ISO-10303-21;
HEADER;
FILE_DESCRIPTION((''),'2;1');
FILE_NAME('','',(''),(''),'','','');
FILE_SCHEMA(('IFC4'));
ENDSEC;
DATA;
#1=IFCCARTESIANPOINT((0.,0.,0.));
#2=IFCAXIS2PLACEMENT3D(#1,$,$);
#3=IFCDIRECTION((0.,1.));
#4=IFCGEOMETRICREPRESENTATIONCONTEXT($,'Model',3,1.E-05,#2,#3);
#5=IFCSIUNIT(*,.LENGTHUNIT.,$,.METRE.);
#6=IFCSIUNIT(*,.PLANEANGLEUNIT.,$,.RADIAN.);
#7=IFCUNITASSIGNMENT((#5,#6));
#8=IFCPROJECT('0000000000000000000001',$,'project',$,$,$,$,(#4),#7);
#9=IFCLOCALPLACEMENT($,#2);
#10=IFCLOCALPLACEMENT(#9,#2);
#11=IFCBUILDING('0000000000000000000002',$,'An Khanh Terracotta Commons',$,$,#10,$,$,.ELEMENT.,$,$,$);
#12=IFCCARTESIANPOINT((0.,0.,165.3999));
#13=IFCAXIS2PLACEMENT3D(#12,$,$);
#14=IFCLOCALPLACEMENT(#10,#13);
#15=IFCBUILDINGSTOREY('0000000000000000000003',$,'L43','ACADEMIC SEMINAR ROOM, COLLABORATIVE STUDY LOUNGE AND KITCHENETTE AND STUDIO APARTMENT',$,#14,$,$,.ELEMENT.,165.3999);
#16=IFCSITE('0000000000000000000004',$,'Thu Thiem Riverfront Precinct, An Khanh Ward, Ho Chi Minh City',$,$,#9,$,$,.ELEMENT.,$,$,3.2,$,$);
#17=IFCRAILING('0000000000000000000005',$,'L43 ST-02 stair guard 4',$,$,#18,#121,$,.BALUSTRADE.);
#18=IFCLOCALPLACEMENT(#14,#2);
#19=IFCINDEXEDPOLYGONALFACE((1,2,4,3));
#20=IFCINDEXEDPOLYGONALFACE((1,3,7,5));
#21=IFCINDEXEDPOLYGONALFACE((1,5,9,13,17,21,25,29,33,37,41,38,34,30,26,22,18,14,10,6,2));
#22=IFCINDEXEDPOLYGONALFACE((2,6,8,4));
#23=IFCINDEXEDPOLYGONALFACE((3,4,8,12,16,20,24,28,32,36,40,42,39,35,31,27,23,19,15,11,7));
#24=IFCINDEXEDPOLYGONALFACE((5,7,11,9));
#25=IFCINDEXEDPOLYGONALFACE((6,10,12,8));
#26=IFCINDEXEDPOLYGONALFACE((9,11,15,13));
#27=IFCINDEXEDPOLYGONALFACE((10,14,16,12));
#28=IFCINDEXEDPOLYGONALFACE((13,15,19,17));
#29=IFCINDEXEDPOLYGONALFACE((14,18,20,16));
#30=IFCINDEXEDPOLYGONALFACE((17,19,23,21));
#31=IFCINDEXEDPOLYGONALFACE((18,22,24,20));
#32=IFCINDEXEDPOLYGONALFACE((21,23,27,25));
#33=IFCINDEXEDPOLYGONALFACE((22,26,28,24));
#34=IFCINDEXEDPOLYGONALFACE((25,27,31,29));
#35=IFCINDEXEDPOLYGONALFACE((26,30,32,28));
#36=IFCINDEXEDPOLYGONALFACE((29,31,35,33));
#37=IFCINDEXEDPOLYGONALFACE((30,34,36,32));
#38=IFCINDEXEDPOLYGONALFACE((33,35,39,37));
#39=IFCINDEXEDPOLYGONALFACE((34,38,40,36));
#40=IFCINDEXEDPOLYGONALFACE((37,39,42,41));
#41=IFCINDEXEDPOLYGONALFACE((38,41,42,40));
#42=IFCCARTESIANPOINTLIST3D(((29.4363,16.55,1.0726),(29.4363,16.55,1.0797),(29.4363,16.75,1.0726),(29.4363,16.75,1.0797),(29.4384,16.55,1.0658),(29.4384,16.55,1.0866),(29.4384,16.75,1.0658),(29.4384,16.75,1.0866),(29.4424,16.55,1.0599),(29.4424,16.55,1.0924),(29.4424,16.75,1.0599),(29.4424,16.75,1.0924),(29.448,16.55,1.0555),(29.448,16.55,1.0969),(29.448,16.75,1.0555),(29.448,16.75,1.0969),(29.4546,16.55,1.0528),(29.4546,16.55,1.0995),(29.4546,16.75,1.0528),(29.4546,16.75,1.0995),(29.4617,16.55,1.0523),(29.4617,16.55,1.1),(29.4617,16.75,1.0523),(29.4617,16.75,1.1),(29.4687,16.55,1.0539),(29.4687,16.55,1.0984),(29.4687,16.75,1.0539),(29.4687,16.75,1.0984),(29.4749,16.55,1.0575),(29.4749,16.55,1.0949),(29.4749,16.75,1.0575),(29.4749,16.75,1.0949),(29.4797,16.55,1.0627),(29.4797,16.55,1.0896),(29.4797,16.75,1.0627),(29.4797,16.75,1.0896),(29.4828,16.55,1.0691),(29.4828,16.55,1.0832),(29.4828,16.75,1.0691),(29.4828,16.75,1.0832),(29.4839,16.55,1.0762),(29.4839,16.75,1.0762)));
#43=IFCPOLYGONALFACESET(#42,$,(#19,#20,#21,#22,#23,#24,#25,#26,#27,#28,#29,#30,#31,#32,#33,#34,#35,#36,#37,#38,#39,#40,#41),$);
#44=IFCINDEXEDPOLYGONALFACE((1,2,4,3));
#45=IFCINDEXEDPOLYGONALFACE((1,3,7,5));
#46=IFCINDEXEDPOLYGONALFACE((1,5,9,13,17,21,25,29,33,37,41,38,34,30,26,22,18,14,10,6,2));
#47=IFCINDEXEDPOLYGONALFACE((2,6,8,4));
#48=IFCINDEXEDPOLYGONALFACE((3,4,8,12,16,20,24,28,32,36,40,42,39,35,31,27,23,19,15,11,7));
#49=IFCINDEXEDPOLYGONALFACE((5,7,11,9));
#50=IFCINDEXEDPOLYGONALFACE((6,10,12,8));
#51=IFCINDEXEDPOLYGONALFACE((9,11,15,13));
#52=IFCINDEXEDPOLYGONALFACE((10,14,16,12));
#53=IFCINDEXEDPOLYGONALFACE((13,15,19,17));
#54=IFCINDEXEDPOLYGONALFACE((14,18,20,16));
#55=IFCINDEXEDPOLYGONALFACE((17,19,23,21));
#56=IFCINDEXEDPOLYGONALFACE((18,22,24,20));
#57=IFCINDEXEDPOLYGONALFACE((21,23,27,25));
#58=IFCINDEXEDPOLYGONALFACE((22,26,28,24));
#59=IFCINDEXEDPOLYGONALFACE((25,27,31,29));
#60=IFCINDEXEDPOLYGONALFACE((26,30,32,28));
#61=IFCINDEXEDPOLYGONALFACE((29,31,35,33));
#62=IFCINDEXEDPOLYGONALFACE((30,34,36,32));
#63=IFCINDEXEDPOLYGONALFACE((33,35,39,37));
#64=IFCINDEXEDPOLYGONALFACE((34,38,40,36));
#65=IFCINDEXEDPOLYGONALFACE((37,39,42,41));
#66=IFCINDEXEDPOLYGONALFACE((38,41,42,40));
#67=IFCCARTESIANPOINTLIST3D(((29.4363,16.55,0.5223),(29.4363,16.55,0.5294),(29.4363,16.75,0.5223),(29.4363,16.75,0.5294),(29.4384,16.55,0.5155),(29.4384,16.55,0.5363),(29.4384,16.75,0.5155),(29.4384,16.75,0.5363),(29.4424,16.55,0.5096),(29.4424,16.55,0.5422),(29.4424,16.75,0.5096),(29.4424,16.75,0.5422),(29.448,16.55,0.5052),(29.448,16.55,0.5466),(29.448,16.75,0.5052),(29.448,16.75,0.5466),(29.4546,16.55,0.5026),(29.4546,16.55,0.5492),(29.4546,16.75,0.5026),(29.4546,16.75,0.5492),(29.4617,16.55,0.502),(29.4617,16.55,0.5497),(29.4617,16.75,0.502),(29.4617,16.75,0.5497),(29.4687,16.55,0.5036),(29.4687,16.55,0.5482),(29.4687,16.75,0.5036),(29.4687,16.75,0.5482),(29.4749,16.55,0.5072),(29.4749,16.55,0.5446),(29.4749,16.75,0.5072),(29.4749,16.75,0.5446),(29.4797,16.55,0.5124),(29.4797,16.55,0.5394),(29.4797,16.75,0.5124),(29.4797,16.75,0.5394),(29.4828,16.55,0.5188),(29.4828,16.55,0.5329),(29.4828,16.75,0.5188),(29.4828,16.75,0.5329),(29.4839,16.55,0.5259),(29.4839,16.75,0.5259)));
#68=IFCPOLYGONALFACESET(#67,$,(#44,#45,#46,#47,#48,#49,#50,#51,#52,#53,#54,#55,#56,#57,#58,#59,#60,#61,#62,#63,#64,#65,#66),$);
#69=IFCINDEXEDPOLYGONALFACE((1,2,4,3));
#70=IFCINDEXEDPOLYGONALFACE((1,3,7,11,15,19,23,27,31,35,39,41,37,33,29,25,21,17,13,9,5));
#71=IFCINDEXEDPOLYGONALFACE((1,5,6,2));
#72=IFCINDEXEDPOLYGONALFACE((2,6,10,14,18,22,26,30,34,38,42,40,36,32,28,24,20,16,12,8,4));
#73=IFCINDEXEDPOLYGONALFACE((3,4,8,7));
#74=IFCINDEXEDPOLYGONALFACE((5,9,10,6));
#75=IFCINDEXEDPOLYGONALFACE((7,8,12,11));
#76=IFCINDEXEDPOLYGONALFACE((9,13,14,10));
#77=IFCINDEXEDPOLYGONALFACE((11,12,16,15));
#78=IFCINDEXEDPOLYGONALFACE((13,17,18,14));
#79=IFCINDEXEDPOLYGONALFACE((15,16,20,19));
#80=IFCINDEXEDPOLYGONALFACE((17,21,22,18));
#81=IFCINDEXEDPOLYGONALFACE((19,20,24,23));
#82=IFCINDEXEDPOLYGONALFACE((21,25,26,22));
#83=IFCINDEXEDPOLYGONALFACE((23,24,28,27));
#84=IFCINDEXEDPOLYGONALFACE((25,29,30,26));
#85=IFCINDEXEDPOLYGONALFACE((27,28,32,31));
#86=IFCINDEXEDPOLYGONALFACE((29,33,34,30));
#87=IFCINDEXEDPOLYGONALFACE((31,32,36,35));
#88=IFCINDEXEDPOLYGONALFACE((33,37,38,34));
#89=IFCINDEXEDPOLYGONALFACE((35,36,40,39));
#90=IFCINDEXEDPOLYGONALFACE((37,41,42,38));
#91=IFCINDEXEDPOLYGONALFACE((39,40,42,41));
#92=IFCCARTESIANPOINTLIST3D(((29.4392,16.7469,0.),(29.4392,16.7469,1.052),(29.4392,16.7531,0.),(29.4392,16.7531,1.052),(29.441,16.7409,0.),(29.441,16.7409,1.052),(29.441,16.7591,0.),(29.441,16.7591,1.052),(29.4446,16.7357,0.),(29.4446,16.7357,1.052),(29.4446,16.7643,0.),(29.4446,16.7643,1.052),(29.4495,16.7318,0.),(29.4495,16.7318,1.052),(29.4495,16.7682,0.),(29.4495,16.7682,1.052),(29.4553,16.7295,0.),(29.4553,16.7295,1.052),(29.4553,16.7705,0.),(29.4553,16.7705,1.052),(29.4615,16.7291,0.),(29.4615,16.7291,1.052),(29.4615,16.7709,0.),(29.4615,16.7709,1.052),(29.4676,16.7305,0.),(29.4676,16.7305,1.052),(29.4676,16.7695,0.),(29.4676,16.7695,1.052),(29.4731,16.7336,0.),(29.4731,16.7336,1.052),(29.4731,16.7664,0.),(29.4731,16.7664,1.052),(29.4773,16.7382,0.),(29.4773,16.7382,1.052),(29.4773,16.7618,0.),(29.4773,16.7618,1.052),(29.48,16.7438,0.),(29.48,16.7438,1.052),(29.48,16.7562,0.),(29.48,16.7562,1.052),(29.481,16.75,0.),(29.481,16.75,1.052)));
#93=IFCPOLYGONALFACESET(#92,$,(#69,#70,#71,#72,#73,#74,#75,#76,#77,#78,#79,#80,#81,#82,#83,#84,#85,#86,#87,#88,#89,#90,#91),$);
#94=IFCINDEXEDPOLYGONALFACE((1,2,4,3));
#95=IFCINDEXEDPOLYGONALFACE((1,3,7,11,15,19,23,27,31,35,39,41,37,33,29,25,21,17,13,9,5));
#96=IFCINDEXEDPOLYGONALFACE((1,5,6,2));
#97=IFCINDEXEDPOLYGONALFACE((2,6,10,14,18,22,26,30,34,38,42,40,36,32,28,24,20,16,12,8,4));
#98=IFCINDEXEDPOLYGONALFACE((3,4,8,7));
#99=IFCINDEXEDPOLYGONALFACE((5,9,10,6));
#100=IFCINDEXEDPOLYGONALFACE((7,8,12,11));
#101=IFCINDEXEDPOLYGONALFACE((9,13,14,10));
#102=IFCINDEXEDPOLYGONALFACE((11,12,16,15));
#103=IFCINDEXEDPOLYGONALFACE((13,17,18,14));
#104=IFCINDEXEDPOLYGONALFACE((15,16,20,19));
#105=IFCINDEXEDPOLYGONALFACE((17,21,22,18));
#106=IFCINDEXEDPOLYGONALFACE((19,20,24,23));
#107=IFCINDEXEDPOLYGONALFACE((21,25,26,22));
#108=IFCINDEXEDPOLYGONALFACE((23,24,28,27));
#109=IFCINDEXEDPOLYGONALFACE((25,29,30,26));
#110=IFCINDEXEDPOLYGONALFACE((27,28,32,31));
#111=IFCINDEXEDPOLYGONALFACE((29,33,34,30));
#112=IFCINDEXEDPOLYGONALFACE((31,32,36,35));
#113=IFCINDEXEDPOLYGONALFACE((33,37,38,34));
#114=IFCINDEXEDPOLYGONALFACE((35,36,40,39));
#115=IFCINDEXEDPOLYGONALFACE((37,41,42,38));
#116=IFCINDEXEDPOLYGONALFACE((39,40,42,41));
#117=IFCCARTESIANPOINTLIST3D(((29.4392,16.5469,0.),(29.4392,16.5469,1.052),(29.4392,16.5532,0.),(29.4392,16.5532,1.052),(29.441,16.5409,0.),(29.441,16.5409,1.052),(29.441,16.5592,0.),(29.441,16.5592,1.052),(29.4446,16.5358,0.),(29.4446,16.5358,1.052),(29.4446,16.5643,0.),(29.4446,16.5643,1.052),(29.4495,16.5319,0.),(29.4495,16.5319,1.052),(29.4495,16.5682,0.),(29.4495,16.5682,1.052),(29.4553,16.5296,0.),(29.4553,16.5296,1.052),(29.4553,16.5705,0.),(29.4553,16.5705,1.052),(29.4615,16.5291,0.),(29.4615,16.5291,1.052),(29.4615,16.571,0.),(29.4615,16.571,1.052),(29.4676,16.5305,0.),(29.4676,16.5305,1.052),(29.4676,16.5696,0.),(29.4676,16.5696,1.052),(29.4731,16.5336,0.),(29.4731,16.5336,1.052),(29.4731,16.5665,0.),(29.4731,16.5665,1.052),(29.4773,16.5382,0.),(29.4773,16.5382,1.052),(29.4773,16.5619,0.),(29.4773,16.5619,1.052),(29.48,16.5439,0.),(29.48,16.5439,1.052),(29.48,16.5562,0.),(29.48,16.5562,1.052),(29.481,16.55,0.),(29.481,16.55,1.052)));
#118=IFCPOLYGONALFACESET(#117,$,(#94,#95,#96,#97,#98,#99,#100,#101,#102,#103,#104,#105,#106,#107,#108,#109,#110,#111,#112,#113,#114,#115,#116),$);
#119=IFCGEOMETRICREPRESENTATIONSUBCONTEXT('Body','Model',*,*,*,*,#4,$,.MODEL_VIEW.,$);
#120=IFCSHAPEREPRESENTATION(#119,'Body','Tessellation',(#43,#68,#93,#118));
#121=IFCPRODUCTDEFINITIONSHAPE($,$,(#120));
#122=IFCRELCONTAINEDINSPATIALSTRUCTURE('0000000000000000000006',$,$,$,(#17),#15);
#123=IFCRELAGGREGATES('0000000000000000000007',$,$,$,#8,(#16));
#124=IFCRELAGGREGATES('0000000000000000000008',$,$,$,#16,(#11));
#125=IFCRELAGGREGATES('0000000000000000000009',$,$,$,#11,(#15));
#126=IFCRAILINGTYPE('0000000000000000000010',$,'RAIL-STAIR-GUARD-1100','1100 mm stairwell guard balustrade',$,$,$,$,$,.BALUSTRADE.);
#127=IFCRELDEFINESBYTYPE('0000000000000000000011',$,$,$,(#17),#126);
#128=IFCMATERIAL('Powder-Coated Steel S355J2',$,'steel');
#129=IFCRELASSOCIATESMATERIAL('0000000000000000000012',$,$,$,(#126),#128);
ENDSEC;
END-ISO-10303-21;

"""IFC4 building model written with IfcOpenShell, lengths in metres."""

from ifc_helpers import new_model, si_unit, direction, frame, origin, origin_2d, place, context, subcontext, project, spatial, circle, extrude, material, type_object, element, save


model = new_model("IFC4")

# Units and contexts
model_context = context("Model", 3, precision=1e-05, world=origin(), true_north=direction((0.0, 1.0)))
body_context = subcontext(model_context, "Body", "Model", "MODEL_VIEW")
ifc_project = project(units=[si_unit("LENGTHUNIT", "METRE"), si_unit("PLANEANGLEUNIT", "RADIAN")], contexts=[model_context])

# Site, building, storey
site_placement = place(None, origin())
site = spatial("IfcSite", under=ifc_project, at=site_placement, Name="Thu Thiem Riverfront Precinct, An Khanh Ward, Ho Chi Minh City", CompositionType="ELEMENT", RefElevation=3.2)
building_placement = place(site_placement, origin())
building = spatial("IfcBuilding", under=site, at=building_placement, Name="An Khanh Terracotta Commons", CompositionType="ELEMENT")
storey_placement = place(building_placement, frame((0.0, 0.0, 165.3999)))
storey = spatial("IfcBuildingStorey", under=building, at=storey_placement, Name="L43", Description="ACADEMIC SEMINAR ROOM, COLLABORATIVE STUDY LOUNGE AND KITCHENETTE AND STUDIO APARTMENT", CompositionType="ELEMENT", Elevation=165.3999)

# Railing
ifc_material_1 = material(Name="Powder-Coated Steel S355J2", Category="steel")
railing_type_1 = type_object("IfcRailingType", Name="RAIL-STAIR-GUARD-1100", Description="1100 mm stairwell guard balustrade", PredefinedType="BALUSTRADE", material=ifc_material_1)
railing_1_placement = place(storey_placement, frame((29.46, 16.75, 0.0)))
element("IfcRailing", 1, at=railing_1_placement, inside=storey, type_object=railing_type_1, Name="L43 ST-02 stair guard 4", PredefinedType="BALUSTRADE", context=body_context, shape_type="SweptSolid", body=[
    extrude(circle(Radius=0.0239, at=origin_2d()), frame((0.0, 0.0, 1.0762), z_axis=(0.0, -1.0, 0.0), x_axis=(1.0, 0.0, 0.0)), (0.0, 0.0, 1.0), 0.2),
    extrude(circle(Radius=0.0239, at=origin_2d()), frame((0.0, 0.0, 0.5259), z_axis=(0.0, -1.0, 0.0), x_axis=(1.0, 0.0, 0.0)), (0.0, 0.0, 1.0), 0.2),
    extrude(circle(Radius=0.021, at=origin_2d()), origin(), (0.0, 0.0, 1.0), 1.052),
    extrude(circle(Radius=0.021, at=origin_2d()), frame((0.0, -0.2, 0.0)), (0.0, 0.0, 1.0), 1.052),
])

save(model, "model.ifc")
